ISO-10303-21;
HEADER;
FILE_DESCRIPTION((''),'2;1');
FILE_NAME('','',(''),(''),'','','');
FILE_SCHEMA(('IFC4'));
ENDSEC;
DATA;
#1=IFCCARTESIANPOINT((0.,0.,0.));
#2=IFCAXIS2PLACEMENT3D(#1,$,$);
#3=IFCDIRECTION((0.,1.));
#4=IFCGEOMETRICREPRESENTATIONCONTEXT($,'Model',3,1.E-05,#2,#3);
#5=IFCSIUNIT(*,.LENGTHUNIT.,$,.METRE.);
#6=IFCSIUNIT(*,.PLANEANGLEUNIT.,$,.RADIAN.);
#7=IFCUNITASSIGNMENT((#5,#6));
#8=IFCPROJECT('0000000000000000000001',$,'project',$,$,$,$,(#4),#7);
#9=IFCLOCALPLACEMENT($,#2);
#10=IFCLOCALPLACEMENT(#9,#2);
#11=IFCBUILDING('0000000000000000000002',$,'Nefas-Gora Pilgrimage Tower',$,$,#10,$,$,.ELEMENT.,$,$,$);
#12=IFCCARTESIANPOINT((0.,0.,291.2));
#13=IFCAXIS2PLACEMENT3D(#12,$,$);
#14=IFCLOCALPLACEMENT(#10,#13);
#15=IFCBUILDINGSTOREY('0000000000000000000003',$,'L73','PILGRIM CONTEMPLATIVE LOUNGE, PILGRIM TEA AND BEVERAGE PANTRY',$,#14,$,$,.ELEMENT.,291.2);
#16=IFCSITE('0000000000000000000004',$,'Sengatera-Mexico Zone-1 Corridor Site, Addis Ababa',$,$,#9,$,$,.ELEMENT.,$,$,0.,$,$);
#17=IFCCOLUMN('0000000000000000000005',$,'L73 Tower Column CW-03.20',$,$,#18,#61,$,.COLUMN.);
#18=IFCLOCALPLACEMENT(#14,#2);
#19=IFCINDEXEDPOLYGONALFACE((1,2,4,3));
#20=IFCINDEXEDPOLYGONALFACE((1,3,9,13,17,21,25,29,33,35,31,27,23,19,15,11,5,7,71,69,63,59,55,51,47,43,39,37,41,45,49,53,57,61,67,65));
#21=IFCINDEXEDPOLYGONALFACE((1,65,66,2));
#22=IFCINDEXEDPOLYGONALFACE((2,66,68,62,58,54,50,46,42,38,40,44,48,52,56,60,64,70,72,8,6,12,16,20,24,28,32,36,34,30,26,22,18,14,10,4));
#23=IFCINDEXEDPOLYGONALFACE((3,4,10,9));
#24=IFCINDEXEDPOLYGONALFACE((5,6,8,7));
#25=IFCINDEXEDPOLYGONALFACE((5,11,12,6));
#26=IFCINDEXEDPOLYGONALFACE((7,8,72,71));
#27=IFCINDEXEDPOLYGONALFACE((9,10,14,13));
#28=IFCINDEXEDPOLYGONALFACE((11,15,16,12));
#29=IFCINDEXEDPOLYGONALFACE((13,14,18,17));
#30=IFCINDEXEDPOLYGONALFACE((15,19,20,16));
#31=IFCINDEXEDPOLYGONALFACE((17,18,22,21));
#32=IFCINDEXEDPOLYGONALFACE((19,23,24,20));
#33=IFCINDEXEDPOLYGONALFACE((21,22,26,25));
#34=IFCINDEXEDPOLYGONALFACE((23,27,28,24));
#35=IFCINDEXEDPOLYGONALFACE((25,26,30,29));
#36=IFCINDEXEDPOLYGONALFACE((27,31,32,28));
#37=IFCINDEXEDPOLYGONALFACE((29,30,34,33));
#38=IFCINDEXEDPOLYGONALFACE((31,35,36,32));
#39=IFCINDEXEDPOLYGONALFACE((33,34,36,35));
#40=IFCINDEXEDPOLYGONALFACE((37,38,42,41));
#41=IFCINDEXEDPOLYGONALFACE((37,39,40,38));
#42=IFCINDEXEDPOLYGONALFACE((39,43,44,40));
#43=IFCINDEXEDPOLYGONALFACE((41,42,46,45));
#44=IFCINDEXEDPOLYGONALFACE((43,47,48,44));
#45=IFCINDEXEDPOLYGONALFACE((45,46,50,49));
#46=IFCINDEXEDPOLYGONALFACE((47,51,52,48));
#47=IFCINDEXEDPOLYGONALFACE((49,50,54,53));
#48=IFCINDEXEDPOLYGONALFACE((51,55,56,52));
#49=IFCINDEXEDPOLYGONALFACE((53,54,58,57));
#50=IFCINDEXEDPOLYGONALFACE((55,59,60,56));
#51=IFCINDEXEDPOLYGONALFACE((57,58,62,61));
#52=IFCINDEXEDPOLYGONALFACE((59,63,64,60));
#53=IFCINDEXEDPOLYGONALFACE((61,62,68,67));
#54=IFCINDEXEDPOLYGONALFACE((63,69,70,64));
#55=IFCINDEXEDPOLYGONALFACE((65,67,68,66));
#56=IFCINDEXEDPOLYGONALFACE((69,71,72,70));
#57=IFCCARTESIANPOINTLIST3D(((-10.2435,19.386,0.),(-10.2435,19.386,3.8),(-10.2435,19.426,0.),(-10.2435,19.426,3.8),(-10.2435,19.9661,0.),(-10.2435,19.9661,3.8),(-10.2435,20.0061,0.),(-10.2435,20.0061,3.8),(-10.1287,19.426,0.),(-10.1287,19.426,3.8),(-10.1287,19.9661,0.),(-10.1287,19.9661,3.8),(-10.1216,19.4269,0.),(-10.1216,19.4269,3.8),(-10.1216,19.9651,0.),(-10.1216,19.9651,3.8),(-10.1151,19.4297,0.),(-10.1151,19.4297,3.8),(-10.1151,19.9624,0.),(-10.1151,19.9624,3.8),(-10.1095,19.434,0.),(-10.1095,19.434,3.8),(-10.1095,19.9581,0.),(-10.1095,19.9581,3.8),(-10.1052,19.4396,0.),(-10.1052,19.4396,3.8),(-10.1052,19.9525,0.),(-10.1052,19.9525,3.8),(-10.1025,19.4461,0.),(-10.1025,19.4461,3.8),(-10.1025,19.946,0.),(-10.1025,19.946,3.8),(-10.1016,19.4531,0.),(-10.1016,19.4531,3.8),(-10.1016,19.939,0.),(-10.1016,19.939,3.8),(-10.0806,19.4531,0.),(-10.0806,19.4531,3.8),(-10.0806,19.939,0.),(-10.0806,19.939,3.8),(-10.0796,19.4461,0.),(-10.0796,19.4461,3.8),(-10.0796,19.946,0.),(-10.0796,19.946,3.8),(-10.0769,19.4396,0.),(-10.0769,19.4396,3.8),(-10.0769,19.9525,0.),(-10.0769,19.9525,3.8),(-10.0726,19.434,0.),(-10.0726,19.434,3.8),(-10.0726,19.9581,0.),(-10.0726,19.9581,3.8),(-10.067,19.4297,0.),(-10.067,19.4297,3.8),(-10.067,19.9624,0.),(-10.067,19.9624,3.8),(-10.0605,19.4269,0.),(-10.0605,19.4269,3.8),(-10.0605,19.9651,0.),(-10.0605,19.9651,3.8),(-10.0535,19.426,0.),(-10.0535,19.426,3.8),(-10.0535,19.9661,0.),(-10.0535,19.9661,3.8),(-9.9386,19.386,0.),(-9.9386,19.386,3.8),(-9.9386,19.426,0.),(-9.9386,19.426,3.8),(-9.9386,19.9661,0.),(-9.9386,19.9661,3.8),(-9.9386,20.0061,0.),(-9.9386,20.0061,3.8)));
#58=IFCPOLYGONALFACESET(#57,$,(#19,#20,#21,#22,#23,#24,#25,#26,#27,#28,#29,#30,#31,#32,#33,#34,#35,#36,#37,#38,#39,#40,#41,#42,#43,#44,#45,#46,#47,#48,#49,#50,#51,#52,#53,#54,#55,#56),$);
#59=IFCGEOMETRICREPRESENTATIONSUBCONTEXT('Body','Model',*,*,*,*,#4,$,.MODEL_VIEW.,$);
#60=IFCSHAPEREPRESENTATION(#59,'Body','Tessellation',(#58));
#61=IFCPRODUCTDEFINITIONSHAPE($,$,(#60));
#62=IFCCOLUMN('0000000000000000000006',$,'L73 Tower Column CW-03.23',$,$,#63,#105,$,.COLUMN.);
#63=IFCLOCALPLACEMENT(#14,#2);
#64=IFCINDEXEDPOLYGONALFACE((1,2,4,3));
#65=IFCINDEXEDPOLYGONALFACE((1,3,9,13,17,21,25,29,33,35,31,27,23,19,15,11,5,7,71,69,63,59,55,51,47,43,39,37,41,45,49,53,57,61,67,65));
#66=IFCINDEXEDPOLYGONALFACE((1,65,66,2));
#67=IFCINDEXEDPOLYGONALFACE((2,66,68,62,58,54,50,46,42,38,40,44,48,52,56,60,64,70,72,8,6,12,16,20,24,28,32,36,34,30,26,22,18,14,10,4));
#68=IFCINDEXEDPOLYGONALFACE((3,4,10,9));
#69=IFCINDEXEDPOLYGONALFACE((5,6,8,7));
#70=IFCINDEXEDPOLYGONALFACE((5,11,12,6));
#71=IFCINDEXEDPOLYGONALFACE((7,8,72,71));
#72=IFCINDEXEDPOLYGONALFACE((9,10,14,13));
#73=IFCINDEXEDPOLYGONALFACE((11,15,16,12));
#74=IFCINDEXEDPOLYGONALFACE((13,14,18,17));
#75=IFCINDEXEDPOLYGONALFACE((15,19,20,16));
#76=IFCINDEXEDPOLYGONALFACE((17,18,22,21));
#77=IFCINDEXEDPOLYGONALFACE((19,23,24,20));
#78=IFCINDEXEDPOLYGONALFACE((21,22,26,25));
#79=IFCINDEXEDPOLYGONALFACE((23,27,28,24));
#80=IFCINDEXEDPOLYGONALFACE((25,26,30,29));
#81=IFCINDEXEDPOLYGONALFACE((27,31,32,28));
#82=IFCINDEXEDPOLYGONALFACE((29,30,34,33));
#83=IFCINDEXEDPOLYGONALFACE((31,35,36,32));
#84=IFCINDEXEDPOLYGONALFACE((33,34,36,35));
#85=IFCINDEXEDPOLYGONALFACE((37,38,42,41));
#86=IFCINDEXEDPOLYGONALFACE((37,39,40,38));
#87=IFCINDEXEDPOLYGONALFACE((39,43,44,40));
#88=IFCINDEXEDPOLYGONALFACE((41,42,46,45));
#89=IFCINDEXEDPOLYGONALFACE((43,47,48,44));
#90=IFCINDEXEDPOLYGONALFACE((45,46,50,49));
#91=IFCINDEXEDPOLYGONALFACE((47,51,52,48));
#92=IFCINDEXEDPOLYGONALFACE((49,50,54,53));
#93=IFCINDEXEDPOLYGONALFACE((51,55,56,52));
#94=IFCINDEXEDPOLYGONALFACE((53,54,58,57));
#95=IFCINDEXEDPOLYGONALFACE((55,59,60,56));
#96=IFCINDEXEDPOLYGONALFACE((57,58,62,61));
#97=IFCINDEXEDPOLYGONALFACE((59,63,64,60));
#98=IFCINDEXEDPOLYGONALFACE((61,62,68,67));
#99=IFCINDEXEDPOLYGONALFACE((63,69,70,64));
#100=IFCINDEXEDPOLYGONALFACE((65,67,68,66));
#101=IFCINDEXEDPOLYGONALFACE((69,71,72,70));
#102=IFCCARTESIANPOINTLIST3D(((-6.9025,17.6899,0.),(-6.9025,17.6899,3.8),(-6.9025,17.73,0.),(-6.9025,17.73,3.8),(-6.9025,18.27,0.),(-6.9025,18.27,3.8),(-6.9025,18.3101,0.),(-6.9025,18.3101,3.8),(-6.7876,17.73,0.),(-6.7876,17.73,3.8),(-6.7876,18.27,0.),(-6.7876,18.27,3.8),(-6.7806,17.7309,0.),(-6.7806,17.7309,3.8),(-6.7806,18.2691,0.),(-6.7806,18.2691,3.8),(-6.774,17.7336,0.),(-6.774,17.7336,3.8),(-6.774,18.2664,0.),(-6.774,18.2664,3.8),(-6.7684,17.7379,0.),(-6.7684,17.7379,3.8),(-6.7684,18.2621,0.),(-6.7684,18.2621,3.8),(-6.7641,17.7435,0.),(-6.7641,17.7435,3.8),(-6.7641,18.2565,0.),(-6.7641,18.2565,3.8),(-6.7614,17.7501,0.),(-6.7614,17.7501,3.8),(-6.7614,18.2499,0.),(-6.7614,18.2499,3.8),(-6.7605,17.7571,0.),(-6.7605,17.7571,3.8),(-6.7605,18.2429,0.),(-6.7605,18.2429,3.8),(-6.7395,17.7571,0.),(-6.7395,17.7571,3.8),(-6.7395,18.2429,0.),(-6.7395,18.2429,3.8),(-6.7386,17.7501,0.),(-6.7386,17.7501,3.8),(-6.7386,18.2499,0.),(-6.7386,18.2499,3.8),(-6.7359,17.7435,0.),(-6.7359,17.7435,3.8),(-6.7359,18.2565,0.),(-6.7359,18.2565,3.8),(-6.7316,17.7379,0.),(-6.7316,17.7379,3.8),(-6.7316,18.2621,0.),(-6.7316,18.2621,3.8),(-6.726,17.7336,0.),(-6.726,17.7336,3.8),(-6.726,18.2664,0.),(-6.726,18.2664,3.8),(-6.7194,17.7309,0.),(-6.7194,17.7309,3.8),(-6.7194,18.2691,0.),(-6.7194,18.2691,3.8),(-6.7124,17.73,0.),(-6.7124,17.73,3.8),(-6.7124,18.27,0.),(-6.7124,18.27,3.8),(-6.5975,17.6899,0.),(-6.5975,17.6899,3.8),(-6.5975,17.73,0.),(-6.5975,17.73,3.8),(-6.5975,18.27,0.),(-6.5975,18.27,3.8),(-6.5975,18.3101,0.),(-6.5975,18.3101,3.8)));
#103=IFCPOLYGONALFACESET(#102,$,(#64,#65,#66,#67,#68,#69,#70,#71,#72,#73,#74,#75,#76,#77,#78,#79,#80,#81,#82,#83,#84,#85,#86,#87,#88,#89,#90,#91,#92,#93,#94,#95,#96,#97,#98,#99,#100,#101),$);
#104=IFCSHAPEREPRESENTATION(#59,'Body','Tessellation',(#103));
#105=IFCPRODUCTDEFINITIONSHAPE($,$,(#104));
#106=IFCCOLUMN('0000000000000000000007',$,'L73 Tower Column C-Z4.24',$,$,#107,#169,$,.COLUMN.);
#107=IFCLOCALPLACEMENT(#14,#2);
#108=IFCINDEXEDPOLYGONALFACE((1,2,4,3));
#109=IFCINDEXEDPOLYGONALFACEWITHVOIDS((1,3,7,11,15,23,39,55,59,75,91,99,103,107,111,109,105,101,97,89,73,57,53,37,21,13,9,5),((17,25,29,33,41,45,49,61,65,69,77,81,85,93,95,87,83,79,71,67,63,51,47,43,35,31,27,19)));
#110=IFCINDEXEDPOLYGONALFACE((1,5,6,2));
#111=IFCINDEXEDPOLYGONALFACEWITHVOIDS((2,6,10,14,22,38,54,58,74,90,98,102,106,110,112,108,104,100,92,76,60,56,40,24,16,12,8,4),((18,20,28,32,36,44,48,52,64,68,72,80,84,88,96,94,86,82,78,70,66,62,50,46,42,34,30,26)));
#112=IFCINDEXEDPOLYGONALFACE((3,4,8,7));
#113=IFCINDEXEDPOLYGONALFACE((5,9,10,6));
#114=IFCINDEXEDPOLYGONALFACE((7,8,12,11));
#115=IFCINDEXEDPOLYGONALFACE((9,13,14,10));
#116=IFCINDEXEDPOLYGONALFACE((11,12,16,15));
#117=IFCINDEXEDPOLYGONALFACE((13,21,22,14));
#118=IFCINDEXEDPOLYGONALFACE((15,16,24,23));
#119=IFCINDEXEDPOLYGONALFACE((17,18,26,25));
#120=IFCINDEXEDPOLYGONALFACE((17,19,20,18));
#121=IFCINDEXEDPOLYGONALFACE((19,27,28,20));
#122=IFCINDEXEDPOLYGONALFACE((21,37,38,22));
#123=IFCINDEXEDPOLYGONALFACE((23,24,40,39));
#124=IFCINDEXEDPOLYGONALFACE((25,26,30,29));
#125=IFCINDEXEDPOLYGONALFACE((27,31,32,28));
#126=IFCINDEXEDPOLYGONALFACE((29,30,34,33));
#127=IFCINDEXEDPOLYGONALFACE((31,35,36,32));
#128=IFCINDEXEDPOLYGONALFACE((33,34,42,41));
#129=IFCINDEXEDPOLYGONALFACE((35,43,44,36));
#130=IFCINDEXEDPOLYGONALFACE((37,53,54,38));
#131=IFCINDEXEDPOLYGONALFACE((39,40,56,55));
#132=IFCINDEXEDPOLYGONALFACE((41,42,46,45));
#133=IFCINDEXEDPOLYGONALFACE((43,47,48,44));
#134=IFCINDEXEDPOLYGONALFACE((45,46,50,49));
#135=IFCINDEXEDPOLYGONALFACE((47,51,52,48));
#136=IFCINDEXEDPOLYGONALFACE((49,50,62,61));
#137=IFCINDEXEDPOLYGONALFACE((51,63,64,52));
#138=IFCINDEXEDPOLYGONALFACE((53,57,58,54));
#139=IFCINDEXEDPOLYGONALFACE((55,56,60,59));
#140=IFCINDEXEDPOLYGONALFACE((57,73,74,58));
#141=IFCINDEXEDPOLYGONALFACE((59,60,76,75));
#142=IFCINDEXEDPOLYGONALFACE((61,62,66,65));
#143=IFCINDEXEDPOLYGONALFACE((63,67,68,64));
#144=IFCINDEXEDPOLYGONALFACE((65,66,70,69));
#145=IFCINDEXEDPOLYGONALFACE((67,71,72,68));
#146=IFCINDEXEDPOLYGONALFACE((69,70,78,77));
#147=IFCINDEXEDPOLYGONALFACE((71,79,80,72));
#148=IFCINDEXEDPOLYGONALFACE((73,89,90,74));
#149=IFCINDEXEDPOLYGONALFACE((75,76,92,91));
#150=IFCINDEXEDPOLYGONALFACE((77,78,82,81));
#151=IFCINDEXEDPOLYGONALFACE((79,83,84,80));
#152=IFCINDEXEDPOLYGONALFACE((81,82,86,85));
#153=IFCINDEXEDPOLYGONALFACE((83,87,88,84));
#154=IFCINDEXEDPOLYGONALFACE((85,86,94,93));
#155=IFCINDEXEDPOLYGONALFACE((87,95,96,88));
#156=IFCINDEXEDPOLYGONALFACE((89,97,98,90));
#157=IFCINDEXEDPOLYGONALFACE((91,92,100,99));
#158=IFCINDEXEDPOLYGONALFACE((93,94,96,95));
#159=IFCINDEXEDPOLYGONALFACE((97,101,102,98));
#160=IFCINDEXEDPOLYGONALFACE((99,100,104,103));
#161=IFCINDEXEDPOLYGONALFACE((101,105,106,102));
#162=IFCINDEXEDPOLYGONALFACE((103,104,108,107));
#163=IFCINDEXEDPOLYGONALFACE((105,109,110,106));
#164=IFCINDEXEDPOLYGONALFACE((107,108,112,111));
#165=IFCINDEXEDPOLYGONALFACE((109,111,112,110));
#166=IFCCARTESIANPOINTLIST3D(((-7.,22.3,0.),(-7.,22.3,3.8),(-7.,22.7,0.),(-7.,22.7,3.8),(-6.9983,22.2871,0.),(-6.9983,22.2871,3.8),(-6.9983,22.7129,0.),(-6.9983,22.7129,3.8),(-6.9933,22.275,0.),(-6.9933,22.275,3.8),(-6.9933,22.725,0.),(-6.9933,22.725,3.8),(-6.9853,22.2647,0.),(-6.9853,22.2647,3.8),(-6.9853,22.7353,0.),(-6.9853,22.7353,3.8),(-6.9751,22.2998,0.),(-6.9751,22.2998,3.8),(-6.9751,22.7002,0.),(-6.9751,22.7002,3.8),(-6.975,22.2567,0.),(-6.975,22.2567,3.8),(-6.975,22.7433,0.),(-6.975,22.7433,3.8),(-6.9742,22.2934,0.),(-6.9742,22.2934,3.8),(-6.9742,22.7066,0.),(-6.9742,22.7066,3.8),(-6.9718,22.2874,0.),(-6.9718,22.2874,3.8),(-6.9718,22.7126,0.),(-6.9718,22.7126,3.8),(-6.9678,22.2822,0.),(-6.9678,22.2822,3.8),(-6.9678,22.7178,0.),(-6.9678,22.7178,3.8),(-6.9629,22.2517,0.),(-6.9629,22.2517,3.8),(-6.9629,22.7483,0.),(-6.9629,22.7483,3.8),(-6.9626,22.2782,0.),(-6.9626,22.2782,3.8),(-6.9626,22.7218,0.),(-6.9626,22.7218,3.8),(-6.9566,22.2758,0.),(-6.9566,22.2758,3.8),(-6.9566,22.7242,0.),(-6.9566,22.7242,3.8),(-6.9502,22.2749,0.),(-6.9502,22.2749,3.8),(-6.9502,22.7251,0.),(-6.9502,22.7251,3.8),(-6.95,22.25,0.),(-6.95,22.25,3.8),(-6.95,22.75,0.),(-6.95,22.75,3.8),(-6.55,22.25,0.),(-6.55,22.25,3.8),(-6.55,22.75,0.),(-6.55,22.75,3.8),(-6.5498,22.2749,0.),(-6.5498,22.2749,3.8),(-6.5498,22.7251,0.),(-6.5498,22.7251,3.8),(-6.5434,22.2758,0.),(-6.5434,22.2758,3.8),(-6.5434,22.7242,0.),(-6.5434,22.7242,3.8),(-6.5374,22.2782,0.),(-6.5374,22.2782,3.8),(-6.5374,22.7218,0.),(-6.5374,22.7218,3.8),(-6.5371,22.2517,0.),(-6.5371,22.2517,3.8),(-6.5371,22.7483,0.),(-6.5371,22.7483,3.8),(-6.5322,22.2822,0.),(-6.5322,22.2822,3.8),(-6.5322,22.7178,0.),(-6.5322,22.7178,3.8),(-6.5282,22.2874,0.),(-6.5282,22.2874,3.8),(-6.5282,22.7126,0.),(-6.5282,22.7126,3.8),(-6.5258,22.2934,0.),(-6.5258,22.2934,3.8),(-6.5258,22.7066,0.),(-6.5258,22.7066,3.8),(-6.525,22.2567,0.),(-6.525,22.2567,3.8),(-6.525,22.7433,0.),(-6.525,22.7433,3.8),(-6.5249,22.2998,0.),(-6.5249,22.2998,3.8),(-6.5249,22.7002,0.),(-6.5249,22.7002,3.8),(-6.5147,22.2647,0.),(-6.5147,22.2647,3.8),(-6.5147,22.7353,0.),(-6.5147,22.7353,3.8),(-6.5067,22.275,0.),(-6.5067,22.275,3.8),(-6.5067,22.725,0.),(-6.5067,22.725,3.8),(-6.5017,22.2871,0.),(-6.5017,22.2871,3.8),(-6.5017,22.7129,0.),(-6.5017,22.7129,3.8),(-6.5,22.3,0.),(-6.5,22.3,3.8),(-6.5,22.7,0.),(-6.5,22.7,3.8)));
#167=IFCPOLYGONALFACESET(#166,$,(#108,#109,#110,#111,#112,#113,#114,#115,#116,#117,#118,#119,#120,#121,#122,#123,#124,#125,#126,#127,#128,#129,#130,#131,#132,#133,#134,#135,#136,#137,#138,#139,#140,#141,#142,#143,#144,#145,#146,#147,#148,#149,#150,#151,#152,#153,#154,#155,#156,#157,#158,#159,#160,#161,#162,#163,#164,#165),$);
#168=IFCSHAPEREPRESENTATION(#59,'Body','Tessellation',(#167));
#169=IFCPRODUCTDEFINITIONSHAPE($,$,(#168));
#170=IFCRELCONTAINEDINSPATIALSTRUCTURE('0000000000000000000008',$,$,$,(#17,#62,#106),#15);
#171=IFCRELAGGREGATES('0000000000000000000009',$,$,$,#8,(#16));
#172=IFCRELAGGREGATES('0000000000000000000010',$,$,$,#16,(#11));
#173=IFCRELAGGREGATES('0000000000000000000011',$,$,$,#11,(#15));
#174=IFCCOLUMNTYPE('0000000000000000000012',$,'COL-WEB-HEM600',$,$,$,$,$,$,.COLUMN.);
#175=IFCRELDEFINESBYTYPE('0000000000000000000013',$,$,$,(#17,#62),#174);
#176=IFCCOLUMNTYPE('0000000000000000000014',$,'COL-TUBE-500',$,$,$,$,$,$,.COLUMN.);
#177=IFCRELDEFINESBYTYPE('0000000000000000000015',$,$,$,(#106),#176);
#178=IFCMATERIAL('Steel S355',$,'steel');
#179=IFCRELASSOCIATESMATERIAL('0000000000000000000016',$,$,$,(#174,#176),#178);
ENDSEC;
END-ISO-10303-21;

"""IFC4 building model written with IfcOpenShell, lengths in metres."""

from ifc_helpers import new_model, si_unit, direction, frame, origin, origin_2d, place, context, subcontext, project, spatial, hollow_rectangle, i_section, extrude, source, transform, mapped, material, material_profile, profile_set, type_object, element, save


model = new_model("IFC4")

# Units and contexts
model_context = context("Model", 3, precision=1e-05, world=origin(), true_north=direction((0.0, 1.0)))
body_context = subcontext(model_context, "Body", "Model", "MODEL_VIEW")
ifc_project = project(units=[si_unit("LENGTHUNIT", "METRE"), si_unit("PLANEANGLEUNIT", "RADIAN")], contexts=[model_context])

# Site, building, storey
site_placement = place(None, origin())
site = spatial("IfcSite", under=ifc_project, at=site_placement, Name="Sengatera-Mexico Zone-1 Corridor Site, Addis Ababa", CompositionType="ELEMENT", RefElevation=0.0)
building_placement = place(site_placement, origin())
building = spatial("IfcBuilding", under=site, at=building_placement, Name="Nefas-Gora Pilgrimage Tower", CompositionType="ELEMENT")
storey_placement = place(building_placement, frame((0.0, 0.0, 291.2)))
storey = spatial("IfcBuildingStorey", under=building, at=storey_placement, Name="L73", Description="PILGRIM CONTEMPLATIVE LOUNGE, PILGRIM TEA AND BEVERAGE PANTRY", CompositionType="ELEMENT", Elevation=291.2)

# Columns
ifc_material_1 = material(Name="Steel S355", Category="steel")
ifc_material_profile_1 = material_profile(ifc_material_1, i_section(OverallWidth=0.3049, OverallDepth=0.6201, WebThickness=0.021, FlangeThickness=0.04, FilletRadius=0.0271, at=origin_2d()), Name="HEM 600")
ifc_profile_set_1 = profile_set([ifc_material_profile_1], Name="Steel S355")
column_type_1 = type_object("IfcColumnType", Name="COL-WEB-HEM600", PredefinedType="COLUMN", material=ifc_profile_set_1)
shared_shape_1 = source(origin(), body_context, "Body", "SweptSolid", [
    extrude(i_section(OverallWidth=0.3049, OverallDepth=0.6201, WebThickness=0.021, FlangeThickness=0.04, FilletRadius=0.0271, at=origin_2d()), origin(), (0.0, 0.0, 1.0), 3.8),
])
for number, where, z_axis, x_axis, name in (
    (1, (-10.0911, 19.696, 0.0), (0.0, 0.0, 1.0), (1.0, 0.0, 0.0), "L73 Tower Column CW-03.20"),
    (2, (-6.75, 18.0, 0.0), (0.0, 0.0, 1.0), (1.0, 0.0, 0.0), "L73 Tower Column CW-03.23"),
):
    element("IfcColumn", number, at=place(storey_placement, frame(where, z_axis=z_axis, x_axis=x_axis)), inside=storey, type_object=column_type_1, Name=name, PredefinedType="COLUMN", context=body_context, shape_type="MappedRepresentation", body=[
        mapped(shared_shape_1, transform((0.0, 0.0, 0.0), x_axis=(1.0, 0.0, 0.0), y_axis=(0.0, 1.0, 0.0), z_axis=(0.0, 0.0, 1.0), scale=1.0)),
    ])
ifc_material_profile_2 = material_profile(ifc_material_1, hollow_rectangle(XDim=0.5, YDim=0.5, WallThickness=0.0249, InnerFilletRadius=0.0249, OuterFilletRadius=0.05, at=origin_2d()), Name="SHS 500x500x25")
ifc_profile_set_2 = profile_set([ifc_material_profile_2], Name="Steel S355")
column_type_2 = type_object("IfcColumnType", Name="COL-TUBE-500", PredefinedType="COLUMN", material=ifc_profile_set_2)
shared_shape_2 = source(origin(), body_context, "Body", "SweptSolid", [
    extrude(hollow_rectangle(XDim=0.5, YDim=0.5, WallThickness=0.0249, InnerFilletRadius=0.0249, OuterFilletRadius=0.05, at=origin_2d()), origin(), (0.0, 0.0, 1.0), 3.8),
])
column_placement = place(storey_placement, frame((-6.75, 22.5, 0.0), z_axis=(0.0, 0.0, 1.0), x_axis=(1.0, 0.0, 0.0)))
element("IfcColumn", 3, at=column_placement, inside=storey, type_object=column_type_2, Name="L73 Tower Column C-Z4.24", PredefinedType="COLUMN", context=body_context, shape_type="MappedRepresentation", body=[
    mapped(shared_shape_2, transform((0.0, 0.0, 0.0), x_axis=(1.0, 0.0, 0.0), y_axis=(0.0, 1.0, 0.0), z_axis=(0.0, 0.0, 1.0), scale=1.0)),
])

save(model, "model.ifc")
